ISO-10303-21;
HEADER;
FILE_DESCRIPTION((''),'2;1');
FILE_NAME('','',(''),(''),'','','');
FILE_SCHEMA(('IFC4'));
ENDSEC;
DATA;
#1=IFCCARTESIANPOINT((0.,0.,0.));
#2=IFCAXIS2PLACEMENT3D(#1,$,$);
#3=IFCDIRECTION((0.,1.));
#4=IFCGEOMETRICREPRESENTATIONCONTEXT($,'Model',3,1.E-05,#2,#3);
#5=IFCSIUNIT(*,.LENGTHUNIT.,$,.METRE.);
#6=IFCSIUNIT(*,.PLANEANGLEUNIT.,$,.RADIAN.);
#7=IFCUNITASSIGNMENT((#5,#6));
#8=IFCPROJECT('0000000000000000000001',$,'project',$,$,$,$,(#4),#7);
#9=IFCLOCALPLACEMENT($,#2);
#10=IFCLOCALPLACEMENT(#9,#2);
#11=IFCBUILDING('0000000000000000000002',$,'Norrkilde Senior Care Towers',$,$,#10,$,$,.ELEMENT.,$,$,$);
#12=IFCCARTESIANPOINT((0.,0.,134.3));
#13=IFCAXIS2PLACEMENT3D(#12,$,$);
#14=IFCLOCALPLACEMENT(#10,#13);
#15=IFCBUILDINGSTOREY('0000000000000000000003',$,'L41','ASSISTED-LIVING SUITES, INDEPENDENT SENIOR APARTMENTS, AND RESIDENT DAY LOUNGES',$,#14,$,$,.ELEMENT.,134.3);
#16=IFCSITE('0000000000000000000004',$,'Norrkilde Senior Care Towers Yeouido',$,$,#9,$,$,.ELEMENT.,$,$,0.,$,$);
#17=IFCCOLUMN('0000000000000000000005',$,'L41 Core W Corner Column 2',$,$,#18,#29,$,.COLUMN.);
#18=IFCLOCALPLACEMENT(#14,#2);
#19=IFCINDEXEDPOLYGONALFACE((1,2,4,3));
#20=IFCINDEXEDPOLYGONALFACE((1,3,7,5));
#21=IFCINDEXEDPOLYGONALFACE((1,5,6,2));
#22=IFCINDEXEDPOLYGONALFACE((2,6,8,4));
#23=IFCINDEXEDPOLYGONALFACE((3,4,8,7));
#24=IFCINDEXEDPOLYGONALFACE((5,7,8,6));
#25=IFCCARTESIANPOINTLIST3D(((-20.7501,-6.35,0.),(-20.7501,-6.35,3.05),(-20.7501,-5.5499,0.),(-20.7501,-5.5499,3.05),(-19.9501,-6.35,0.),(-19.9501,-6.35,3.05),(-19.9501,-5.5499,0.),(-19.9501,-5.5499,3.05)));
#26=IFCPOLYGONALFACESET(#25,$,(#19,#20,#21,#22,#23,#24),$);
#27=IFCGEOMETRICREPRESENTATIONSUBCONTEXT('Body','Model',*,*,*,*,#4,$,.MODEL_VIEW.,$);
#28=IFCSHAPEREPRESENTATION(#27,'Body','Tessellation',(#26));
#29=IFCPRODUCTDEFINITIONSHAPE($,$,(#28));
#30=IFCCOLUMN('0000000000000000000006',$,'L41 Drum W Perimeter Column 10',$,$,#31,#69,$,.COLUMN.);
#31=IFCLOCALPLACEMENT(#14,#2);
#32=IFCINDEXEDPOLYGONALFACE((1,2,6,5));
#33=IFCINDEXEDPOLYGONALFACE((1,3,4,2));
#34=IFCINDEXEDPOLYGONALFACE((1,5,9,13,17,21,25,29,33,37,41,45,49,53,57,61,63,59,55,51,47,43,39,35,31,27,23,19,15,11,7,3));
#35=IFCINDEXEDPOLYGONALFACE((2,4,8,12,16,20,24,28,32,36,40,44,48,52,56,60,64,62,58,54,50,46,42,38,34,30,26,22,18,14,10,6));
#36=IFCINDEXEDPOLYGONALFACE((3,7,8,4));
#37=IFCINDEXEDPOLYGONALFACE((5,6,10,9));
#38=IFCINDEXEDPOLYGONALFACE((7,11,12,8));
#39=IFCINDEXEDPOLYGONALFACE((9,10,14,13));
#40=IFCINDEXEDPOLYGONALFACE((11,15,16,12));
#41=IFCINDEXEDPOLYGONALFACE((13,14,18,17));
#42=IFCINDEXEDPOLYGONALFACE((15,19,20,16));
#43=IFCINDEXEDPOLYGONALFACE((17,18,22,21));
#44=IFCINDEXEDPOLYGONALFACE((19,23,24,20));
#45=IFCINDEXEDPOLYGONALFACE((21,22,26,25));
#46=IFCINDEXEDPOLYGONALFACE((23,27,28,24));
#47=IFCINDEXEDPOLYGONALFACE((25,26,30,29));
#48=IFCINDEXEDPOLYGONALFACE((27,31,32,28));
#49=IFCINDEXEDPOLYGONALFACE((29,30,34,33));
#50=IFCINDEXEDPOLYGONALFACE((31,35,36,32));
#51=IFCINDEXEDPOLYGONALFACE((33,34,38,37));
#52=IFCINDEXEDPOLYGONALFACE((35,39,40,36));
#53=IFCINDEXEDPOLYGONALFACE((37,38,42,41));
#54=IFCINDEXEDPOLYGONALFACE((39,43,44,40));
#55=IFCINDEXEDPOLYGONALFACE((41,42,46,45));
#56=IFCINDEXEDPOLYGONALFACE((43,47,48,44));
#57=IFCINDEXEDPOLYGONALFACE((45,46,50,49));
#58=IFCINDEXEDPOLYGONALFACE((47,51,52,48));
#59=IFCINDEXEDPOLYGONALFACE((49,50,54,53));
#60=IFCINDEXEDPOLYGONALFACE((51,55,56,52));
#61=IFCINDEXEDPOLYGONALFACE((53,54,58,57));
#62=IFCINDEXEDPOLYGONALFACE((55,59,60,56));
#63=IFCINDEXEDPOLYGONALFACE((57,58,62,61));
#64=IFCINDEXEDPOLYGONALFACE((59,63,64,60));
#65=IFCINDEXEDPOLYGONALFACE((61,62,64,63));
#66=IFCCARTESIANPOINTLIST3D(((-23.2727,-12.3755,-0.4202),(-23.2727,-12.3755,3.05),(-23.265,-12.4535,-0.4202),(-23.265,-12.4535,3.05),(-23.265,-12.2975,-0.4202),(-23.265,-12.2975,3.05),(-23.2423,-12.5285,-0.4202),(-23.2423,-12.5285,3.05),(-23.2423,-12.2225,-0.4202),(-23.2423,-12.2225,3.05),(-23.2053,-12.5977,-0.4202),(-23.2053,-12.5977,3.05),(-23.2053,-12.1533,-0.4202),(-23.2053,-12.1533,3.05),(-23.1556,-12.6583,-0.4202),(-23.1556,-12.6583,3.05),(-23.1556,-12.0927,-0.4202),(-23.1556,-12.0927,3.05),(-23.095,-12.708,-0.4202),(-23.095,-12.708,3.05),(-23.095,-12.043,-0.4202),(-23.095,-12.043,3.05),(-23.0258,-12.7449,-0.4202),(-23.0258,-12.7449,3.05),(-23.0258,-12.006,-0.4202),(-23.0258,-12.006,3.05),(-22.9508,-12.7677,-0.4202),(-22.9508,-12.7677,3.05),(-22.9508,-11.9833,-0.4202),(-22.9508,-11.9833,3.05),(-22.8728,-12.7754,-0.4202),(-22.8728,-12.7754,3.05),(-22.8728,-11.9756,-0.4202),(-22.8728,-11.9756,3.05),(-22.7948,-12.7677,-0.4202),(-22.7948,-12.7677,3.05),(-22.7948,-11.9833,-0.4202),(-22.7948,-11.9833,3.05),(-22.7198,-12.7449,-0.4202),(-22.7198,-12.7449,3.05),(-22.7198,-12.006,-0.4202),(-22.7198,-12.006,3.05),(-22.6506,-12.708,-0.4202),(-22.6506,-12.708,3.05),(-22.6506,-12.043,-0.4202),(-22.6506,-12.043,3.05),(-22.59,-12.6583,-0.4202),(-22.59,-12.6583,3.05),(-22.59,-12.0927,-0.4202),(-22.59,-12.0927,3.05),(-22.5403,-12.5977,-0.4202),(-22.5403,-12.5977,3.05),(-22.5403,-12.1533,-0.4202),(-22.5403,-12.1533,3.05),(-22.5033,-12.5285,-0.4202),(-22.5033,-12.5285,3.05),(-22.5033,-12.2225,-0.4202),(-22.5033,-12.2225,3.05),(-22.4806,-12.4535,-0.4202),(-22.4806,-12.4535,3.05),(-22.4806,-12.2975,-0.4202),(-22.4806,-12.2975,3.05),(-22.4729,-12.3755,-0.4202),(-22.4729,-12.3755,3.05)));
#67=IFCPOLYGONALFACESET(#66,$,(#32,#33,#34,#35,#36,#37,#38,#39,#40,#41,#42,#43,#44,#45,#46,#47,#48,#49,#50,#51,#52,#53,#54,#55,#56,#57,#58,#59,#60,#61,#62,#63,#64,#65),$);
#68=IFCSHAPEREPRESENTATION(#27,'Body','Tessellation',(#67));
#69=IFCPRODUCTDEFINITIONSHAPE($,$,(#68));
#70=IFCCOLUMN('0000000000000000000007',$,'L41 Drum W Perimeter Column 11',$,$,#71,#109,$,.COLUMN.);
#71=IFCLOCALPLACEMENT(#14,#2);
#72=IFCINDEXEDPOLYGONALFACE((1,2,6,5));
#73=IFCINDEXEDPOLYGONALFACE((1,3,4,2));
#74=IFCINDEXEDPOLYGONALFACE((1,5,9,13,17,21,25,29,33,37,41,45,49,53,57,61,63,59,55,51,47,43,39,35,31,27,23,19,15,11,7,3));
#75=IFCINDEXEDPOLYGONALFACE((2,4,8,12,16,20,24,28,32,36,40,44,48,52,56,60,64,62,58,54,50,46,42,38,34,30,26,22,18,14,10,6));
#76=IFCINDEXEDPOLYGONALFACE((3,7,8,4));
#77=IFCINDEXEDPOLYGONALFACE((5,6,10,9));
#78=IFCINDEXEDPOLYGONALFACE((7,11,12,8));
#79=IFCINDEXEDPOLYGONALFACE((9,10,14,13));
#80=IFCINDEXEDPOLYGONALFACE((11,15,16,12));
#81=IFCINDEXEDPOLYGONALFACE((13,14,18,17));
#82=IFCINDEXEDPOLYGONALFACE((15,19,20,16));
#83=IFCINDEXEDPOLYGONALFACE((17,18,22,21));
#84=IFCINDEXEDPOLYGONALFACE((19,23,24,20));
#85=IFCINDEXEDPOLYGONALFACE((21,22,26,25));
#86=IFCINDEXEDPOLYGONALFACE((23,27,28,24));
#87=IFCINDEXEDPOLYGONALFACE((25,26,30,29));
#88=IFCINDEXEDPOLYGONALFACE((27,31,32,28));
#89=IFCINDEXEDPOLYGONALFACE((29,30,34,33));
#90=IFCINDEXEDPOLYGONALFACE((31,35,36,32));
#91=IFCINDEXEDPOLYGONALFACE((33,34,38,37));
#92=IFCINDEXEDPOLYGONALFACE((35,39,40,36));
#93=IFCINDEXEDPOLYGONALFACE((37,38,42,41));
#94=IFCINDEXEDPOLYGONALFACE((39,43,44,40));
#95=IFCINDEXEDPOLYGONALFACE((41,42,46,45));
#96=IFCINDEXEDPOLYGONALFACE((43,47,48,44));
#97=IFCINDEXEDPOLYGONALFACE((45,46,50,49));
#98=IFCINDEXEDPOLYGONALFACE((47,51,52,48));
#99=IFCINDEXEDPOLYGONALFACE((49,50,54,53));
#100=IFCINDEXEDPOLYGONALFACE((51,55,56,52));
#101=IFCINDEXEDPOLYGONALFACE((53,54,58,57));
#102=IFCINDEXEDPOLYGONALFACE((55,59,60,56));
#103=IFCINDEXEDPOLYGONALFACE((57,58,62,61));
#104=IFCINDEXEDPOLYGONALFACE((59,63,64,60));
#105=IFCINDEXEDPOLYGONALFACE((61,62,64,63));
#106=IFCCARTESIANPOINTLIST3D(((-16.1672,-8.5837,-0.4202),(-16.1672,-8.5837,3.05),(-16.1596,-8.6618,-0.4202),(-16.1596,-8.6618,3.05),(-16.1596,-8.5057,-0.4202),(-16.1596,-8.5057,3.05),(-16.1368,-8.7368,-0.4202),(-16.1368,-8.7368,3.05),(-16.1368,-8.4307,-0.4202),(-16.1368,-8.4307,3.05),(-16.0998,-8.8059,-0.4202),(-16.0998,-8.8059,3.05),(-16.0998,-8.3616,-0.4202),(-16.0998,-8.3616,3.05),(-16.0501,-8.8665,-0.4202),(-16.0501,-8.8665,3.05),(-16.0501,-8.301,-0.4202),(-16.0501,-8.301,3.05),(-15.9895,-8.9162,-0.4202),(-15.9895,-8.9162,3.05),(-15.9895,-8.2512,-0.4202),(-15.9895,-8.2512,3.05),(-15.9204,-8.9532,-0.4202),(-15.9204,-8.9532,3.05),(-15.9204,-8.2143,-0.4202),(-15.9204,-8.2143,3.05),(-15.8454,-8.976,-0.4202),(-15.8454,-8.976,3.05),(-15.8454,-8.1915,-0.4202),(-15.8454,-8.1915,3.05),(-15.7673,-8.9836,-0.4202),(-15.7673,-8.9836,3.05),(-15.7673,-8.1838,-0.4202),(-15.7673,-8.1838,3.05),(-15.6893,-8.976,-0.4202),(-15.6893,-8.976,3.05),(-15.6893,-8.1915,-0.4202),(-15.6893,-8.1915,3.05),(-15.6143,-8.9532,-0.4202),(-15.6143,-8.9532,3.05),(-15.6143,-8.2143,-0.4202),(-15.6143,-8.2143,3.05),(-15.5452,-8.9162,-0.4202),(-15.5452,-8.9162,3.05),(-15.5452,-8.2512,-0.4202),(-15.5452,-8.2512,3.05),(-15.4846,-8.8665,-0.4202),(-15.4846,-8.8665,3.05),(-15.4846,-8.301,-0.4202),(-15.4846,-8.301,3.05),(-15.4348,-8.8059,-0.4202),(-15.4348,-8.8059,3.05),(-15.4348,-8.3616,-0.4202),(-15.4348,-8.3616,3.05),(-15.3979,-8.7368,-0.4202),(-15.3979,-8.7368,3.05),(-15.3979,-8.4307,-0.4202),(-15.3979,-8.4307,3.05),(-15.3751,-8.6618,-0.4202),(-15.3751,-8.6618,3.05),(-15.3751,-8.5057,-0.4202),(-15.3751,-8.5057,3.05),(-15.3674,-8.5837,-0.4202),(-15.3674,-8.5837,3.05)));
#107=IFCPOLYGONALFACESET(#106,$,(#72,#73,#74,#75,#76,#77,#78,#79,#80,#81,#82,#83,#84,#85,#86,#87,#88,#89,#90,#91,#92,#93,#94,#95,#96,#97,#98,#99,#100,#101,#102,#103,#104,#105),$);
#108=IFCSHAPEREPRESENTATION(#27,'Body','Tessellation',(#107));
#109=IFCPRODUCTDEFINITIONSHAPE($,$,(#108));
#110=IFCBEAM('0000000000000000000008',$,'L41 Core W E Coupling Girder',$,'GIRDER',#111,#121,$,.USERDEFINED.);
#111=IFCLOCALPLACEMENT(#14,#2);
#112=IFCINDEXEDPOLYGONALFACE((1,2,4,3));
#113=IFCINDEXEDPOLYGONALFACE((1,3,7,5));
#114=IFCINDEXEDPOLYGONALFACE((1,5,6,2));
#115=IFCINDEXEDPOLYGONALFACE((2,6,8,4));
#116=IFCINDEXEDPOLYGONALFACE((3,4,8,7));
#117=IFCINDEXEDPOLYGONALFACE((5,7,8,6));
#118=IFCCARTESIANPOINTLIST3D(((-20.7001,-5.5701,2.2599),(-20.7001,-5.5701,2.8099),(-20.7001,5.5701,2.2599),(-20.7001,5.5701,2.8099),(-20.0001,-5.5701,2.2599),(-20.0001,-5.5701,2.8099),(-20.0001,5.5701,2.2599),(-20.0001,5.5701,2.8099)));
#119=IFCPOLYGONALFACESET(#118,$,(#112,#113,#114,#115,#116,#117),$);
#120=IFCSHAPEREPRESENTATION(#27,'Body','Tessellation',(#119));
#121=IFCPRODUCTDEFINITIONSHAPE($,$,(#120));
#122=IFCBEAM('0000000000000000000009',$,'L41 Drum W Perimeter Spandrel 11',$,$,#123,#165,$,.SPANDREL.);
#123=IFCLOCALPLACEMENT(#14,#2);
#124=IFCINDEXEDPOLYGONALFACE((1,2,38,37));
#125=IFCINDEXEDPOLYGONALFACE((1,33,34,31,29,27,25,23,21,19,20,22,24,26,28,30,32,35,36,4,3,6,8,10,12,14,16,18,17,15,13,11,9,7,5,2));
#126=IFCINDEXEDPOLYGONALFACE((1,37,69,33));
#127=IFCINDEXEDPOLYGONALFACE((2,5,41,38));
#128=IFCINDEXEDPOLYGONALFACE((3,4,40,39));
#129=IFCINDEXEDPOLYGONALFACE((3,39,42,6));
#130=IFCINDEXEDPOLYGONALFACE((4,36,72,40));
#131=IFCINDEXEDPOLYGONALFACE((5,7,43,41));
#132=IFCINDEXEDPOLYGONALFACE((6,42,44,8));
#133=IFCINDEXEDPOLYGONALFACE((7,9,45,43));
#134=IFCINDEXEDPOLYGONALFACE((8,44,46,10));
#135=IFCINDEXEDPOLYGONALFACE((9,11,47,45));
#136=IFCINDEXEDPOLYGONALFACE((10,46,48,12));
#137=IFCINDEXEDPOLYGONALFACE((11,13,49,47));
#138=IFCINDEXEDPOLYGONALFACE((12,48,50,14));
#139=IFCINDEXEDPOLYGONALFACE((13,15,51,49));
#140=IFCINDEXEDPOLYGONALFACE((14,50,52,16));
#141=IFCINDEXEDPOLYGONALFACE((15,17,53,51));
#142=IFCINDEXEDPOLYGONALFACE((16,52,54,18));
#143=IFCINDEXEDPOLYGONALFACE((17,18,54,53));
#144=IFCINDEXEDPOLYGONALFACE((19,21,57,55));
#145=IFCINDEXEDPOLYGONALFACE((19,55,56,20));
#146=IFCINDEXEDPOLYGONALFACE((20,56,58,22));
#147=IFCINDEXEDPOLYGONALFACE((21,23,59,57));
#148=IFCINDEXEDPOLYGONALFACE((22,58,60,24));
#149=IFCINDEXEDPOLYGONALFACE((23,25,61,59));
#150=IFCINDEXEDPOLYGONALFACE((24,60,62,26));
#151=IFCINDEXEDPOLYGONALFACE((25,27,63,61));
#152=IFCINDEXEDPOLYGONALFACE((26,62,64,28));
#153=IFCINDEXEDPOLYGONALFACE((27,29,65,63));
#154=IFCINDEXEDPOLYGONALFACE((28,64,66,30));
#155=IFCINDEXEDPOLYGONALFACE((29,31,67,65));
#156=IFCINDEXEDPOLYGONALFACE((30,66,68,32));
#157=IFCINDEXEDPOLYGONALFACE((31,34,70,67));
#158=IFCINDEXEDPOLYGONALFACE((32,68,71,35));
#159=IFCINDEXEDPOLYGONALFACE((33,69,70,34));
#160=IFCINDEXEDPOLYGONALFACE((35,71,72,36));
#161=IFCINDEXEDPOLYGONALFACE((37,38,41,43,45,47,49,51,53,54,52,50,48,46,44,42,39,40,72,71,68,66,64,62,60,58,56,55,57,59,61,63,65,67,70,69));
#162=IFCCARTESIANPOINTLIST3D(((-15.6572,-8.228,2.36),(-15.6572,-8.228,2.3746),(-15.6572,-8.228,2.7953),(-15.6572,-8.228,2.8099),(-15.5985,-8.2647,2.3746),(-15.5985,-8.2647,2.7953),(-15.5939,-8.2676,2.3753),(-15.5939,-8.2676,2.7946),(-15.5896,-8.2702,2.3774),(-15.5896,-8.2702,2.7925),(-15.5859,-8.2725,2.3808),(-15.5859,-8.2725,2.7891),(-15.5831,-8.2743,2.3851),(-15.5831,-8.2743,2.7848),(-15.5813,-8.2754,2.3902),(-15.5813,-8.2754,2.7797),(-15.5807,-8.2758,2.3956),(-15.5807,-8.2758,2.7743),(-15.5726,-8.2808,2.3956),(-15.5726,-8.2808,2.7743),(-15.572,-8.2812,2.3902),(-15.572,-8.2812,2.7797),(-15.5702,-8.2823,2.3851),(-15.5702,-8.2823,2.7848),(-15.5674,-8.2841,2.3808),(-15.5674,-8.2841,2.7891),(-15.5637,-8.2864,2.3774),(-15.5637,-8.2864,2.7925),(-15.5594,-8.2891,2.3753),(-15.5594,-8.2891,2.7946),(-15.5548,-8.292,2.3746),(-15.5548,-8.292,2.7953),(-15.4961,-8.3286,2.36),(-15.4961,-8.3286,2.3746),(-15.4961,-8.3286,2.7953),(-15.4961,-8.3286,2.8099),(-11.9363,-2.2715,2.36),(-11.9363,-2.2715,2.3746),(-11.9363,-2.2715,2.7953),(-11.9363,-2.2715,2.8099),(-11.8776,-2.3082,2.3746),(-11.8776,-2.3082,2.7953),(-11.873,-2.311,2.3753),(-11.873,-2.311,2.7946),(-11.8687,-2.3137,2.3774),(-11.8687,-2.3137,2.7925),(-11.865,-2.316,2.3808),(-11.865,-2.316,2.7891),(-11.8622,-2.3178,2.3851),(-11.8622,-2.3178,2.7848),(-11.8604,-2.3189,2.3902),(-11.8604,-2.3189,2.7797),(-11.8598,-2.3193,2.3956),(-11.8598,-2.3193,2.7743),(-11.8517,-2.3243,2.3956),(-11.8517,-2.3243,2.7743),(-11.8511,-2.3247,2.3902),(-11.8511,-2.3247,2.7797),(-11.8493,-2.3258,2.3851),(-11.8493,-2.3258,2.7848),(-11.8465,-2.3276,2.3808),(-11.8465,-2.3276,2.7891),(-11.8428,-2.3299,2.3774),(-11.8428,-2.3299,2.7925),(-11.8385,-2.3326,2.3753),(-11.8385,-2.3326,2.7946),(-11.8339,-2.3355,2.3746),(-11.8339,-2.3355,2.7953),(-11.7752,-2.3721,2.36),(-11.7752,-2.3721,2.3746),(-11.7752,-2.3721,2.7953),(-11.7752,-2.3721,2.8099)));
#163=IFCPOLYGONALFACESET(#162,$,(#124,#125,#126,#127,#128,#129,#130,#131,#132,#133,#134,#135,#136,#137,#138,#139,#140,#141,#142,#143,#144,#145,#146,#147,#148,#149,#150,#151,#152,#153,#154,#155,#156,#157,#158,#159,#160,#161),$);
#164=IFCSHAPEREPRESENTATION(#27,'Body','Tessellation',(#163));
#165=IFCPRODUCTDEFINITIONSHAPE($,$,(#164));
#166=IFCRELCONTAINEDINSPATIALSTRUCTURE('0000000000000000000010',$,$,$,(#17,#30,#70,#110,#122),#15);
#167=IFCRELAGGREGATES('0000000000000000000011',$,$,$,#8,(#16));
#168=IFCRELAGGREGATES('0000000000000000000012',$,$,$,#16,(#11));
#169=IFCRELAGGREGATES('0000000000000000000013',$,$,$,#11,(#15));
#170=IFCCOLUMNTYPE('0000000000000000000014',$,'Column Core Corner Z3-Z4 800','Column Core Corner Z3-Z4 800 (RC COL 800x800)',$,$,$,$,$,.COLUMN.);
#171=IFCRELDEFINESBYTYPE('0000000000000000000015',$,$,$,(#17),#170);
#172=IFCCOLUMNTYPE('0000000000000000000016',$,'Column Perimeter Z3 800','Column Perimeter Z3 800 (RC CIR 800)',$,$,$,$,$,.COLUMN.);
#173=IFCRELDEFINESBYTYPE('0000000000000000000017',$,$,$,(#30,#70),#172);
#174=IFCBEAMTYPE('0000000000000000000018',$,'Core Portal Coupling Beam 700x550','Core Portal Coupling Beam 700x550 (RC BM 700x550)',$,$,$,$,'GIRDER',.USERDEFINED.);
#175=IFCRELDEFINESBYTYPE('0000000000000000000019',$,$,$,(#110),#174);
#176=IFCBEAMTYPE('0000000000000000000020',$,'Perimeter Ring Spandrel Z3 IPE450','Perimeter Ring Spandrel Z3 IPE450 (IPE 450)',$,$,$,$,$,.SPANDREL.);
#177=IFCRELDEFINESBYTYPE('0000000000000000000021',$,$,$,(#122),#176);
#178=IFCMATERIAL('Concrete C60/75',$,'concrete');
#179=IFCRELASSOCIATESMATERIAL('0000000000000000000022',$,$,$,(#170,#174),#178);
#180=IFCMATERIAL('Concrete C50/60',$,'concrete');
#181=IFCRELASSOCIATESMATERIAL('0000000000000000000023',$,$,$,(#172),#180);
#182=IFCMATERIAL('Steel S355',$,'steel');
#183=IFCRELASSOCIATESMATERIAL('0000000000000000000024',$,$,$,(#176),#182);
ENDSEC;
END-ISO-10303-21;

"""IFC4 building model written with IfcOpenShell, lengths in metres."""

from ifc_helpers import new_model, si_unit, direction, frame, origin, origin_2d, place, context, subcontext, project, spatial, rectangle, circle, i_section, extrude, source, transform, mapped, material, material_profile, profile_set, type_object, type_shapes, element, save


model = new_model("IFC4")

# Units and contexts
model_context = context("Model", 3, precision=1e-05, world=origin(), true_north=direction((0.0, 1.0)))
body_context = subcontext(model_context, "Body", "Model", "MODEL_VIEW")
ifc_project = project(units=[si_unit("LENGTHUNIT", "METRE"), si_unit("PLANEANGLEUNIT", "RADIAN")], contexts=[model_context])

# Site, building, storey
site_placement = place(None, origin())
site = spatial("IfcSite", under=ifc_project, at=site_placement, Name="Norrkilde Senior Care Towers Yeouido", CompositionType="ELEMENT", RefElevation=0.0)
building_placement = place(site_placement, origin())
building = spatial("IfcBuilding", under=site, at=building_placement, Name="Norrkilde Senior Care Towers", CompositionType="ELEMENT")
storey_placement = place(building_placement, frame((0.0, 0.0, 134.3)))
storey = spatial("IfcBuildingStorey", under=building, at=storey_placement, Name="L41", Description="ASSISTED-LIVING SUITES, INDEPENDENT SENIOR APARTMENTS, AND RESIDENT DAY LOUNGES", CompositionType="ELEMENT", Elevation=134.3)

# Columns
ifc_material_1 = material(Name="Concrete C60/75", Category="concrete")
ifc_material_profile_1 = material_profile(ifc_material_1, rectangle(XDim=0.8, YDim=0.8, at=origin_2d()), Name="RC COL 800x800")
ifc_profile_set_1 = profile_set([ifc_material_profile_1], Name="Concrete C60/75")
column_type_1 = type_object("IfcColumnType", Name="Column Core Corner Z3-Z4 800", Description="Column Core Corner Z3-Z4 800 (RC COL 800x800)", PredefinedType="COLUMN", material=ifc_profile_set_1)
shared_shape_1 = source(origin(), body_context, "Body", "SweptSolid", [
    extrude(rectangle(XDim=0.8, YDim=0.8, at=origin_2d()), origin(), (0.0, 0.0, 1.0), 3.05),
])
type_shapes(column_type_1, [shared_shape_1])
column_placement = place(storey_placement, frame((-20.3501, -5.95, 0.0), z_axis=(0.0, 0.0, 1.0), x_axis=(1.0, 0.0, 0.0)))
element("IfcColumn", 1, at=column_placement, inside=storey, type_object=column_type_1, Name="L41 Core W Corner Column 2", PredefinedType="COLUMN", context=body_context, shape_type="MappedRepresentation", body=[
    mapped(shared_shape_1, transform((0.0, 0.0, 0.0), x_axis=(1.0, 0.0, 0.0), y_axis=(0.0, 1.0, 0.0), z_axis=(0.0, 0.0, 1.0), scale=1.0)),
])
ifc_material_2 = material(Name="Concrete C50/60", Category="concrete")
ifc_material_profile_2 = material_profile(ifc_material_2, circle(Radius=0.3999, at=origin_2d()), Name="RC CIR 800")
ifc_profile_set_2 = profile_set([ifc_material_profile_2], Name="Concrete C50/60")
column_type_2 = type_object("IfcColumnType", Name="Column Perimeter Z3 800", Description="Column Perimeter Z3 800 (RC CIR 800)", PredefinedType="COLUMN", material=ifc_profile_set_2)
shared_shape_2 = source(origin(), body_context, "Body", "SweptSolid", [
    extrude(circle(Radius=0.3999, at=origin_2d()), origin(), (0.0, 0.0, 1.0), 3.4702),
])
type_shapes(column_type_2, [shared_shape_2])
for number, where, z_axis, x_axis, name in (
    (2, (-22.8728, -12.3755, -0.4202), (0.0, 0.0, 1.0), (1.0, 0.0, 0.0), "L41 Drum W Perimeter Column 10"),
    (3, (-15.7673, -8.5837, -0.4202), (0.0, 0.0, 1.0), (1.0, 0.0, 0.0), "L41 Drum W Perimeter Column 11"),
):
    element("IfcColumn", number, at=place(storey_placement, frame(where, z_axis=z_axis, x_axis=x_axis)), inside=storey, type_object=column_type_2, Name=name, PredefinedType="COLUMN", context=body_context, shape_type="MappedRepresentation", body=[
        mapped(shared_shape_2, transform((0.0, 0.0, 0.0), x_axis=(1.0, 0.0, 0.0), y_axis=(0.0, 1.0, 0.0), z_axis=(0.0, 0.0, 1.0), scale=1.0)),
    ])

# Beams
ifc_material_profile_3 = material_profile(ifc_material_1, rectangle(XDim=0.7, YDim=0.55, at=origin_2d()), Name="RC BM 700x550")
ifc_profile_set_3 = profile_set([ifc_material_profile_3], Name="Concrete C60/75")
beam_type_1 = type_object("IfcBeamType", Name="Core Portal Coupling Beam 700x550", Description="Core Portal Coupling Beam 700x550 (RC BM 700x550)", ElementType="GIRDER", PredefinedType="USERDEFINED", material=ifc_profile_set_3)
shared_shape_3 = source(origin(), body_context, "Body", "SweptSolid", [
    extrude(rectangle(XDim=0.7, YDim=0.55, at=origin_2d()), origin(), (0.0, 0.0, 1.0), 11.1401),
])
type_shapes(beam_type_1, [shared_shape_3])
beam_1_placement = place(storey_placement, frame((-20.3501, -5.5701, 2.5349), z_axis=(0.0, 1.0, 0.0), x_axis=(-1.0, 0.0, 0.0)))
element("IfcBeam", 4, at=beam_1_placement, inside=storey, type_object=beam_type_1, Name="L41 Core W E Coupling Girder", ObjectType="GIRDER", PredefinedType="USERDEFINED", context=body_context, shape_type="MappedRepresentation", body=[
    mapped(shared_shape_3, transform((0.0, 0.0, 0.0), x_axis=(1.0, 0.0, 0.0), y_axis=(0.0, 1.0, 0.0), z_axis=(0.0, 0.0, 1.0), scale=1.0)),
])
ifc_material_3 = material(Name="Steel S355", Category="steel")
ifc_material_profile_4 = material_profile(ifc_material_3, i_section(OverallWidth=0.1899, OverallDepth=0.45, WebThickness=0.0095, FlangeThickness=0.0146, FilletRadius=0.021, at=origin_2d()), Name="IPE 450")
ifc_profile_set_4 = profile_set([ifc_material_profile_4], Name="Steel S355")
beam_type_2 = type_object("IfcBeamType", Name="Perimeter Ring Spandrel Z3 IPE450", Description="Perimeter Ring Spandrel Z3 IPE450 (IPE 450)", PredefinedType="SPANDREL", material=ifc_profile_set_4)
shared_shape_4 = source(origin(), body_context, "Body", "SweptSolid", [
    extrude(i_section(OverallWidth=0.1899, OverallDepth=0.45, WebThickness=0.0095, FlangeThickness=0.0146, FilletRadius=0.021, at=origin_2d()), origin(), (0.0, 0.0, 1.0), 7.0232),
])
beam_2_placement = place(storey_placement, frame((-15.5767, -8.2783, 2.585), z_axis=(0.529805, 0.848119, 0.0), x_axis=(-0.848119, 0.529805, 0.0)))
element("IfcBeam", 5, at=beam_2_placement, inside=storey, type_object=beam_type_2, Name="L41 Drum W Perimeter Spandrel 11", PredefinedType="SPANDREL", context=body_context, shape_type="MappedRepresentation", body=[
    mapped(shared_shape_4, transform((0.0, 0.0, 0.0), x_axis=(1.0, 0.0, 0.0), y_axis=(0.0, 1.0, 0.0), z_axis=(0.0, 0.0, 1.0), scale=1.0)),
])

save(model, "model.ifc")
